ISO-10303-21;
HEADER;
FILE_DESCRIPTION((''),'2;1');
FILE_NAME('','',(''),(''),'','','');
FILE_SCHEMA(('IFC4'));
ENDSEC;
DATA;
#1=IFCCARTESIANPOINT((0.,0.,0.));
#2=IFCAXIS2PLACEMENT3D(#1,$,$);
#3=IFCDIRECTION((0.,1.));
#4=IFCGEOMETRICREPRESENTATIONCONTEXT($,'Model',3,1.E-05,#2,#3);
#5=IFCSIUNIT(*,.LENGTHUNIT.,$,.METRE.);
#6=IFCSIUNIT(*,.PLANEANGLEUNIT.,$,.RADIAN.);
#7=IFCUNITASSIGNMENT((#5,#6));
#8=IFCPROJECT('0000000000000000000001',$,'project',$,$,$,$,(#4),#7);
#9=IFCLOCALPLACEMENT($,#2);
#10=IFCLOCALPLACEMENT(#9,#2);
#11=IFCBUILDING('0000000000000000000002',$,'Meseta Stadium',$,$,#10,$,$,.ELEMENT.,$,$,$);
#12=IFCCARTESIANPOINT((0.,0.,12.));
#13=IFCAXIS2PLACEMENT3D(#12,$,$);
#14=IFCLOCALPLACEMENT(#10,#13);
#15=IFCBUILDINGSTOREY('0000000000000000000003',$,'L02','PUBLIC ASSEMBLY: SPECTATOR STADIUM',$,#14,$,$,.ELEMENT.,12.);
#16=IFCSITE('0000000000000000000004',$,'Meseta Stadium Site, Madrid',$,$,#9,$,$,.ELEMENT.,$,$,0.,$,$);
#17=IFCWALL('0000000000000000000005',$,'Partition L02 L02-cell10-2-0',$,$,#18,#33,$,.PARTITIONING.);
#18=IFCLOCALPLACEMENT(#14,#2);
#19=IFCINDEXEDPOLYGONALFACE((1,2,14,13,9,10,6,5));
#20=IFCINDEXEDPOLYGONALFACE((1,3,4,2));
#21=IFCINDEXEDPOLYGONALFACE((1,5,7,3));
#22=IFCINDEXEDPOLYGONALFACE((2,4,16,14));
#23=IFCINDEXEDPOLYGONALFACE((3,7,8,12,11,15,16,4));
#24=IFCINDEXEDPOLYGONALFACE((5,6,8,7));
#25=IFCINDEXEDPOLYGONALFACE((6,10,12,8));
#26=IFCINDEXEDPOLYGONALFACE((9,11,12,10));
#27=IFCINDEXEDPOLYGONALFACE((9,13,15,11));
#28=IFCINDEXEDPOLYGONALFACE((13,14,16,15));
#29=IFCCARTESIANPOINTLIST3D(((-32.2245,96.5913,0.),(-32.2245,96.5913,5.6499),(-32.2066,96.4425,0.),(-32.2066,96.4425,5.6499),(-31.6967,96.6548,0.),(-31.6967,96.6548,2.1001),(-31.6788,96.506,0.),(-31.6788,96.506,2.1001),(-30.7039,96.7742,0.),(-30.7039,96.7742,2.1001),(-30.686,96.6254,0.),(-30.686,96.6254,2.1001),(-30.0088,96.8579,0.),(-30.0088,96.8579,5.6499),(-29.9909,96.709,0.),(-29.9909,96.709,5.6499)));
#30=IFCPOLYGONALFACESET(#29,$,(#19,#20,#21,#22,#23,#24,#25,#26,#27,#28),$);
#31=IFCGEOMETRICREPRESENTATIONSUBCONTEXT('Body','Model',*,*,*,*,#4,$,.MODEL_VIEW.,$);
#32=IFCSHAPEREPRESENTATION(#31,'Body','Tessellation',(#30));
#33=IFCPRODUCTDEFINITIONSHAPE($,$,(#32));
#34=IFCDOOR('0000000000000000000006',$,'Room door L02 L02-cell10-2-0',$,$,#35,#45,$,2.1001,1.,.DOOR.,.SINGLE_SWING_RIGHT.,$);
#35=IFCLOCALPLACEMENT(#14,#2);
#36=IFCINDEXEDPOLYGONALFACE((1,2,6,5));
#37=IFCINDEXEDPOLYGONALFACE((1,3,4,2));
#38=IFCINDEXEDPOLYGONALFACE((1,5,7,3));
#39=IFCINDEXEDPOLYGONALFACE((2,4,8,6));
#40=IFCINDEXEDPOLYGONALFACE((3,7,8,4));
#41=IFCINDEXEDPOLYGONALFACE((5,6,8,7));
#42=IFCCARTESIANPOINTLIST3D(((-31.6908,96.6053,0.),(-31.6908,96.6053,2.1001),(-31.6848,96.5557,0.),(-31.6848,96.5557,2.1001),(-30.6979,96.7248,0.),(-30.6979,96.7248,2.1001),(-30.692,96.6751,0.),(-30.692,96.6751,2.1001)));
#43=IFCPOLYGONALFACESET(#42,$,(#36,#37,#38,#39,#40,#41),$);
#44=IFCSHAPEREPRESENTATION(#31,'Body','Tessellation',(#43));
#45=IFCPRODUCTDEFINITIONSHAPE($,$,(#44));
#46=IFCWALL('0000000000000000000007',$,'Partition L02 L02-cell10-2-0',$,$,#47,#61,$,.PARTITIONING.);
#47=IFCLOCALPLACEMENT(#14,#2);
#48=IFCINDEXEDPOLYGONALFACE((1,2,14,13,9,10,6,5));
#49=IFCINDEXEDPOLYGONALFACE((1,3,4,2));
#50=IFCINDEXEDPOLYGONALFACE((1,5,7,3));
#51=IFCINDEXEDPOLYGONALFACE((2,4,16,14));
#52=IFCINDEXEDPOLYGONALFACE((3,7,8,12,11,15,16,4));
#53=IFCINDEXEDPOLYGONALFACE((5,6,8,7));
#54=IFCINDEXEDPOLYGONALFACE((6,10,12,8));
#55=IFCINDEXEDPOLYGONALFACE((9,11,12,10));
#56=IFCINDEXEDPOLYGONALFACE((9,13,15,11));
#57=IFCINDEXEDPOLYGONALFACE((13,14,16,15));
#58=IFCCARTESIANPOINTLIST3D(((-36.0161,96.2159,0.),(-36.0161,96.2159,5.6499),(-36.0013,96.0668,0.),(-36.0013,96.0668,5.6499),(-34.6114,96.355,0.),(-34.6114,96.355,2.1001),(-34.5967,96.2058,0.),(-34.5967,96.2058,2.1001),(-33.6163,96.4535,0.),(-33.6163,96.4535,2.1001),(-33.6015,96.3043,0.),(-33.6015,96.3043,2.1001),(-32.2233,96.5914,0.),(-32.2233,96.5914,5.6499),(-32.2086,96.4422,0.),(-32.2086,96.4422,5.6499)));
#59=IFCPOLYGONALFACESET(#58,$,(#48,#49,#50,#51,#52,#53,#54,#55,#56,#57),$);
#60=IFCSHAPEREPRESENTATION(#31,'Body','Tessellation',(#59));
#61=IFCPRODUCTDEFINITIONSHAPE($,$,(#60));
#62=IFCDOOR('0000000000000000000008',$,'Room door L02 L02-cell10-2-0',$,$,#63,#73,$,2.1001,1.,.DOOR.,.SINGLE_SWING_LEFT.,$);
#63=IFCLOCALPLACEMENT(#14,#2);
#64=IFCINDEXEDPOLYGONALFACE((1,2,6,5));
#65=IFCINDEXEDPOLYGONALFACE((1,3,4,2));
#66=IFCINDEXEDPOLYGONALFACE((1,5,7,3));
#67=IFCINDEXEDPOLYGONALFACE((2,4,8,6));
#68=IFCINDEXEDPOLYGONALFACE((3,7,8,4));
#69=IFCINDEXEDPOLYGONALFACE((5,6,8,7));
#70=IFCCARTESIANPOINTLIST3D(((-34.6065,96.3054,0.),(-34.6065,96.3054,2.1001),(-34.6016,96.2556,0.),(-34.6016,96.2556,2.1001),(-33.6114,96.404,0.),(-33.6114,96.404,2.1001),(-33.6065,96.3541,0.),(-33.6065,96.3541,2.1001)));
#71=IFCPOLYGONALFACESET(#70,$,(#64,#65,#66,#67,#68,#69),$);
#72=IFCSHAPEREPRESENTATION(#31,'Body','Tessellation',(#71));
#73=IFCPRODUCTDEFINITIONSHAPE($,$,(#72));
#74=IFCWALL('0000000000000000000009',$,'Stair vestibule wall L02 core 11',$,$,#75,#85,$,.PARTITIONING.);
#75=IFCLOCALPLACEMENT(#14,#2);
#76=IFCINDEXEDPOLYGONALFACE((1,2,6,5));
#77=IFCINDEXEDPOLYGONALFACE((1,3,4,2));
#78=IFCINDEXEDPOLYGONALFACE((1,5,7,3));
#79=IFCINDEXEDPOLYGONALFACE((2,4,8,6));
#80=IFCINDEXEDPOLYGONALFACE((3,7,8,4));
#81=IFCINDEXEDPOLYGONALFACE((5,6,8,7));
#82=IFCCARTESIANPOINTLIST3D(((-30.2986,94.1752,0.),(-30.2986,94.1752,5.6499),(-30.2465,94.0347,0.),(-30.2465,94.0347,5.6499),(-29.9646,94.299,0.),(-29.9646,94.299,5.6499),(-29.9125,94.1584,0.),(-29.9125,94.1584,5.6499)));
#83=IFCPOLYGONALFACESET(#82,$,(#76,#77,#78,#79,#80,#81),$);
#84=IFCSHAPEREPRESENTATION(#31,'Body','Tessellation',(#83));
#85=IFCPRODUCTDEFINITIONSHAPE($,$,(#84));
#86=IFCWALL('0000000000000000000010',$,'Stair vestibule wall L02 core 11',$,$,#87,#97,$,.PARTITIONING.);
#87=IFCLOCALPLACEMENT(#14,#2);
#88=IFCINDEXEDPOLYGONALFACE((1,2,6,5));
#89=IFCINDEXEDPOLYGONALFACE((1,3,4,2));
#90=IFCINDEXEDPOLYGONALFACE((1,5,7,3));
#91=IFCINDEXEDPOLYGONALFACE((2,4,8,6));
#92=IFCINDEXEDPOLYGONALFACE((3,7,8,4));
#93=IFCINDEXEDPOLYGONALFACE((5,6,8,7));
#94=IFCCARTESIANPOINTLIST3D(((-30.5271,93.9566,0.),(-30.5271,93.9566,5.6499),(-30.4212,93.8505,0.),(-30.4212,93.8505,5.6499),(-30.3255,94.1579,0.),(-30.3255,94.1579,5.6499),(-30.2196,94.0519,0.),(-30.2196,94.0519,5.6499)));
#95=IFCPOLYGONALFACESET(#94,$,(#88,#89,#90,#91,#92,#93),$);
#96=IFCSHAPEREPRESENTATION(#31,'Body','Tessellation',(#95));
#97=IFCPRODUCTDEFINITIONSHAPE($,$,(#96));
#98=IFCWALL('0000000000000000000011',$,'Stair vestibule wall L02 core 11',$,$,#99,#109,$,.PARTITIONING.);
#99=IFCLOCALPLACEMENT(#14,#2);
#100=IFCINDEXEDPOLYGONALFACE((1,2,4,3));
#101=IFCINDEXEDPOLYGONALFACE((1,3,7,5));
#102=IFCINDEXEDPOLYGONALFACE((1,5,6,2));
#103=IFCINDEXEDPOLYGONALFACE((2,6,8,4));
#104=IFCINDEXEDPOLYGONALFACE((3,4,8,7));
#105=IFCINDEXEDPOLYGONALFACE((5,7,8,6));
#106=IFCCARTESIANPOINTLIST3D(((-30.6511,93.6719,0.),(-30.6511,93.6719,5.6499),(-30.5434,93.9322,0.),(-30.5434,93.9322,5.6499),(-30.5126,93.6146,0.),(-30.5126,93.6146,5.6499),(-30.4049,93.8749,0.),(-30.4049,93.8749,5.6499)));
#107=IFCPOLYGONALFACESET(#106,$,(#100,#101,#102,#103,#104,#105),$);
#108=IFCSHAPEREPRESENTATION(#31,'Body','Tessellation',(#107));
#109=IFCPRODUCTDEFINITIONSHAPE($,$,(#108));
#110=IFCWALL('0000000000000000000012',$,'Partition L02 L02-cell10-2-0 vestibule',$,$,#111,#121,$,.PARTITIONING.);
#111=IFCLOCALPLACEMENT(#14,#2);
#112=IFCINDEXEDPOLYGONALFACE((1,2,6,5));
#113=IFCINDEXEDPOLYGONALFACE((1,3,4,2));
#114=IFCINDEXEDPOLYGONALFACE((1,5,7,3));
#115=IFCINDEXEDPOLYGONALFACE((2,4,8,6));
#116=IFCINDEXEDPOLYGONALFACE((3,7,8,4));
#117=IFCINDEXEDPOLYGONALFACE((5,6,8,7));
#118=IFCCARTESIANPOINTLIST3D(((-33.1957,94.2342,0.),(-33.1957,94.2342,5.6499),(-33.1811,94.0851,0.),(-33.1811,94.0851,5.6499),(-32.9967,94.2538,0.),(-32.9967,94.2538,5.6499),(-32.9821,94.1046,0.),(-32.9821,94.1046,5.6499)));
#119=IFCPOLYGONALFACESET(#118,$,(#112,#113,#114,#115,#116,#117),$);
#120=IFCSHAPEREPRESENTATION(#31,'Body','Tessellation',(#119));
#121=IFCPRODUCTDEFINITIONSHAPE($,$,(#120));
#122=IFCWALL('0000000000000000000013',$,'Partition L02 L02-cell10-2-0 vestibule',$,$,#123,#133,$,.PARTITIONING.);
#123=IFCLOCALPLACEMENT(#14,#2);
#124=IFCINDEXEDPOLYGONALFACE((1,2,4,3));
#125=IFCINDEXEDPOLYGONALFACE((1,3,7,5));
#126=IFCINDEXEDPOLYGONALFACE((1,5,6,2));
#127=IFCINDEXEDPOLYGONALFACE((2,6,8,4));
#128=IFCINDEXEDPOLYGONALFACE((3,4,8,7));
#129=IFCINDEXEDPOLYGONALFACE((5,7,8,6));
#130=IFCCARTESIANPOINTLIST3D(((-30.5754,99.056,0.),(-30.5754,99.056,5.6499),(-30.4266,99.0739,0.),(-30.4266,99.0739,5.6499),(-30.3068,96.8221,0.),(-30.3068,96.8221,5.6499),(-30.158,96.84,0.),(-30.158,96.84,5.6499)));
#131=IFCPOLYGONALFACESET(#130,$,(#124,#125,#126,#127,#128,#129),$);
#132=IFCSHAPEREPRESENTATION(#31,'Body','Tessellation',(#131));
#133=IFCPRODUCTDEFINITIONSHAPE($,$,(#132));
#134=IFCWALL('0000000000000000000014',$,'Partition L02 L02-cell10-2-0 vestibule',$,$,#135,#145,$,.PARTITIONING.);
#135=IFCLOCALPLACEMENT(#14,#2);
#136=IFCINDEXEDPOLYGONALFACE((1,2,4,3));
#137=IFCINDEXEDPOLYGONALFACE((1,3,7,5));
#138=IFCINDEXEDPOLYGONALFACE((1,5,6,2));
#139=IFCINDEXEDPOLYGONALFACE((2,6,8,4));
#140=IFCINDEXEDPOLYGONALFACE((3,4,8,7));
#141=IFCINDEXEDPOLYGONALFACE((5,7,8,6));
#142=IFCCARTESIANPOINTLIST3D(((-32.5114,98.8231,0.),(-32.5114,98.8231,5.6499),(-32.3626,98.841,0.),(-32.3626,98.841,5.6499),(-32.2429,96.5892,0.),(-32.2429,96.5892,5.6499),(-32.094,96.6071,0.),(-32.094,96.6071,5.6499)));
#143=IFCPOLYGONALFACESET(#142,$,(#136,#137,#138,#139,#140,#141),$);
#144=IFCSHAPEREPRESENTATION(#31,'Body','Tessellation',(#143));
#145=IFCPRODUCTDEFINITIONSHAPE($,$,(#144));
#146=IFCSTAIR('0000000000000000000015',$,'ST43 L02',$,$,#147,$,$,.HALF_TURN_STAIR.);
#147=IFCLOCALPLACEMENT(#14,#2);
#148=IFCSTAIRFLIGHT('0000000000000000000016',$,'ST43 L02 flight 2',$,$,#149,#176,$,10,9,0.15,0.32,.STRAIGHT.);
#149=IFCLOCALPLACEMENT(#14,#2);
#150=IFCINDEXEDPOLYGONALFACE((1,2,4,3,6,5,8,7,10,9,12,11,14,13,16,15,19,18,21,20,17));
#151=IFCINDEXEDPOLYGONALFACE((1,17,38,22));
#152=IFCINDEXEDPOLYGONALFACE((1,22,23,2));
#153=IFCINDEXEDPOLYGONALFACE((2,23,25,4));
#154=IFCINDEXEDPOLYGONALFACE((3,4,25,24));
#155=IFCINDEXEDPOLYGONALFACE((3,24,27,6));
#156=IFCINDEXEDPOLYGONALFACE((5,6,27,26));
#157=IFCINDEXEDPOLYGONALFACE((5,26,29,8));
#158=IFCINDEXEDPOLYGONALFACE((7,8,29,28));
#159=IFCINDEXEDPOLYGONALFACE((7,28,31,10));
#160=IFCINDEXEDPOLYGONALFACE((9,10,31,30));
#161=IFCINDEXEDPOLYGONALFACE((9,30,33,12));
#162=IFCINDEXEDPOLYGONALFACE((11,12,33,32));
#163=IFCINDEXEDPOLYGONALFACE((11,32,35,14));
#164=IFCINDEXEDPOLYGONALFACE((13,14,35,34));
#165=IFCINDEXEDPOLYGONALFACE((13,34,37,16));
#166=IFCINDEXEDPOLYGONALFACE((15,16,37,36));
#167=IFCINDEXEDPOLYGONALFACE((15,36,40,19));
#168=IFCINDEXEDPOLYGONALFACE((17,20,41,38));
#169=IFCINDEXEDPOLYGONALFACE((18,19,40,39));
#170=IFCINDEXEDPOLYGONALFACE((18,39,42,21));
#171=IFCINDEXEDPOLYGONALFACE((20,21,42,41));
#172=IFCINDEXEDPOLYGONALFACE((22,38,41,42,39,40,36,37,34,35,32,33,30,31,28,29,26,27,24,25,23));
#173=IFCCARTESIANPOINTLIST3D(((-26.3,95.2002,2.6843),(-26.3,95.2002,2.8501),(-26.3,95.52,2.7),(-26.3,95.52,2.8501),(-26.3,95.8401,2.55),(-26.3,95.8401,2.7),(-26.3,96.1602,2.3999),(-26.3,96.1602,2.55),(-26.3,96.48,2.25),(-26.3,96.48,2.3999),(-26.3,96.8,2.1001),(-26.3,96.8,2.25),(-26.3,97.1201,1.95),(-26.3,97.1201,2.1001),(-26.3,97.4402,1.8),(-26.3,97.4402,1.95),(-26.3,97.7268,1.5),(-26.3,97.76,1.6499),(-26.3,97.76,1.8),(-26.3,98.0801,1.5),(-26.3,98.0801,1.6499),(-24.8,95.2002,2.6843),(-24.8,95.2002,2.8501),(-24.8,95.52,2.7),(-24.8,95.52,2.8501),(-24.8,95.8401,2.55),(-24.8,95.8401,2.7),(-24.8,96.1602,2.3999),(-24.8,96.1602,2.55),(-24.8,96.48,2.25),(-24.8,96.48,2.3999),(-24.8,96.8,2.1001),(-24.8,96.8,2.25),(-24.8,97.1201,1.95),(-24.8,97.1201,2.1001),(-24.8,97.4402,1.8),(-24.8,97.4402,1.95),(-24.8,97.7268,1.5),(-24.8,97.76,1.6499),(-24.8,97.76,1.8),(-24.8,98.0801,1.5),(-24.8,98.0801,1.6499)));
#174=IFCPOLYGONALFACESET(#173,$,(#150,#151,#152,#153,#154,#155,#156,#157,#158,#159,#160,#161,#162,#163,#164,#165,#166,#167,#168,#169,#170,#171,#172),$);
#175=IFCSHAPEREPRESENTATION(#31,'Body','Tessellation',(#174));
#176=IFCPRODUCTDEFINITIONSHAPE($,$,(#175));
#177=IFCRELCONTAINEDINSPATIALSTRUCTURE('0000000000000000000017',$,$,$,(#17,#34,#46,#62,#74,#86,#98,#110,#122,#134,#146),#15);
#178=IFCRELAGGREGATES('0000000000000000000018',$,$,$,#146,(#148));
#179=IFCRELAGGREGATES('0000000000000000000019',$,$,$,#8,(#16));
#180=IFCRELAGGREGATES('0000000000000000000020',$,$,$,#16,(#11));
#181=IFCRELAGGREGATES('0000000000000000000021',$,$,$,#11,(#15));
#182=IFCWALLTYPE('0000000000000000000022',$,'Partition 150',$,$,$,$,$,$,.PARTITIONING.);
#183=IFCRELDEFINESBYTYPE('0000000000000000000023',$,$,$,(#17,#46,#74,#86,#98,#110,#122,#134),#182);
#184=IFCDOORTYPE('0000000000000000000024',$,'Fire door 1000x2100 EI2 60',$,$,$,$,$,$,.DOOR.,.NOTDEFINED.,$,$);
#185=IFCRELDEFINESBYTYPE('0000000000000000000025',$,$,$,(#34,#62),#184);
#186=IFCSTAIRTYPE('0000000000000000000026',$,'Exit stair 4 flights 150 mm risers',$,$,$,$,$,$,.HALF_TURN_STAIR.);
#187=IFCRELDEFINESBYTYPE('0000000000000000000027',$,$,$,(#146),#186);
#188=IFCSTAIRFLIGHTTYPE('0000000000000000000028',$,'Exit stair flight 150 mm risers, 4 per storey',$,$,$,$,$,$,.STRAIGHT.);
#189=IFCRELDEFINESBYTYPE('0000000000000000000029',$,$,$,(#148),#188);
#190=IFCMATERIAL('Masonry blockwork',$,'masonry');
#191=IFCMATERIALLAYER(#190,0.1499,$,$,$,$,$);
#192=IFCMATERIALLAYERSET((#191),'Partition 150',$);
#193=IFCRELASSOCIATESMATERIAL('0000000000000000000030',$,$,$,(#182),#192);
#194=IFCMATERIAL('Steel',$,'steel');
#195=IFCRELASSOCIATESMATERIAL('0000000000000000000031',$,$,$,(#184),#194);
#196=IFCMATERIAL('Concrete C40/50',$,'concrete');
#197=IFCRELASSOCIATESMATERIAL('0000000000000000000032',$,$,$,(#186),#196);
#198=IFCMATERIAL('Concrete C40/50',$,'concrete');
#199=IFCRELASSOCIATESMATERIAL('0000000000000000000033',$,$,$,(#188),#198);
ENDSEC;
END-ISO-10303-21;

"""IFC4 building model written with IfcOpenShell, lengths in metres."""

from ifc_helpers import new_model, si_unit, direction, frame, frame_2d, origin, place, context, subcontext, project, spatial, polyline, rectangle, outline, extrude, material, layer, layer_set, type_object, element, fill, aggregate, save


model = new_model("IFC4")

# Units and contexts
model_context = context("Model", 3, precision=1e-05, world=origin(), true_north=direction((0.0, 1.0)))
body_context = subcontext(model_context, "Body", "Model", "MODEL_VIEW")
ifc_project = project(units=[si_unit("LENGTHUNIT", "METRE"), si_unit("PLANEANGLEUNIT", "RADIAN")], contexts=[model_context])

# Site, building, storey
site_placement = place(None, origin())
site = spatial("IfcSite", under=ifc_project, at=site_placement, Name="Meseta Stadium Site, Madrid", CompositionType="ELEMENT", RefElevation=0.0)
building_placement = place(site_placement, origin())
building = spatial("IfcBuilding", under=site, at=building_placement, Name="Meseta Stadium", CompositionType="ELEMENT")
storey_placement = place(building_placement, frame((0.0, 0.0, 12.0)))
storey = spatial("IfcBuildingStorey", under=building, at=storey_placement, Name="L02", Description="PUBLIC ASSEMBLY: SPECTATOR STADIUM", CompositionType="ELEMENT", Elevation=12.0)

# Walls, openings, doors
ifc_material_1 = material(Name="Masonry blockwork", Category="masonry")
ifc_layer = layer(ifc_material_1, 0.1499)
ifc_layer_set = layer_set([ifc_layer], Name="Partition 150")
wall_type = type_object("IfcWallType", Name="Partition 150", PredefinedType="PARTITIONING", material=ifc_layer_set)
wall_1_placement = place(storey_placement, frame((-30.0, 96.7834, 0.0), z_axis=(0.0, 0.0, 1.0), x_axis=(-0.99284, -0.119456, 0.0)))
wall_1 = element("IfcWall", 1, at=wall_1_placement, inside=storey, type_object=wall_type, Name="Partition L02 L02-cell10-2-0", PredefinedType="PARTITIONING", context=body_context, shape_type="SweptSolid", body=[
    extrude(rectangle(XDim=2.2317, YDim=0.1499, at=frame_2d((1.1157, 0.0))), origin(), (0.0, 0.0, 1.0), 5.6499),
])
opening_1_placement = place(wall_1_placement, frame((0.7, 0.0, 0.0)))
opening_1 = element("IfcOpeningElement", 2, at=opening_1_placement, cuts=wall_1, PredefinedType="OPENING", context=body_context, shape_type="SweptSolid", body=[
    extrude(rectangle(XDim=1.0, YDim=2.1001, at=frame_2d((0.5, 1.05))), frame((0.0, 0.085, 0.0), z_axis=(0.0, -1.0, 0.0), x_axis=(1.0, 0.0, 0.0)), (0.0, 0.0, 1.0), 0.1699),
])
ifc_material_2 = material(Name="Steel", Category="steel")
door_type = type_object("IfcDoorType", Name="Fire door 1000x2100 EI2 60", OperationType="NOTDEFINED", PredefinedType="DOOR", material=ifc_material_2)
door_1_placement = place(opening_1_placement, origin())
door_1 = element("IfcDoor", 3, at=door_1_placement, inside=storey, type_object=door_type, Name="Room door L02 L02-cell10-2-0", OperationType="SINGLE_SWING_RIGHT", OverallHeight=2.1001, OverallWidth=1.0, PredefinedType="DOOR", context=body_context, shape_type="SweptSolid", body=[
    extrude(rectangle(XDim=1.0, YDim=2.1001, at=frame_2d((0.5, 1.05))), frame((0.0, 0.0249, 0.0), z_axis=(0.0, -1.0, 0.0), x_axis=(1.0, 0.0, 0.0)), (0.0, 0.0, 1.0), 0.05),
])
fill(opening_1, door_1)
wall_2_placement = place(storey_placement, frame((-32.2158, 96.5168, 0.0), z_axis=(0.0, 0.0, 1.0), x_axis=(-0.995135, -0.098521, 0.0)))
wall_2 = element("IfcWall", 4, at=wall_2_placement, inside=storey, type_object=wall_type, Name="Partition L02 L02-cell10-2-0", PredefinedType="PARTITIONING", context=body_context, shape_type="SweptSolid", body=[
    extrude(rectangle(XDim=3.8113, YDim=0.1499, at=frame_2d((1.9058, 0.0))), origin(), (0.0, 0.0, 1.0), 5.6499),
])
opening_2_placement = place(wall_2_placement, frame((1.3999, 0.0, 0.0)))
opening_2 = element("IfcOpeningElement", 5, at=opening_2_placement, cuts=wall_2, PredefinedType="OPENING", context=body_context, shape_type="SweptSolid", body=[
    extrude(rectangle(XDim=1.0, YDim=2.1001, at=frame_2d((0.5, 1.05))), frame((0.0, 0.085, 0.0), z_axis=(0.0, -1.0, 0.0), x_axis=(1.0, 0.0, 0.0)), (0.0, 0.0, 1.0), 0.1699),
])
door_2_placement = place(opening_2_placement, origin())
door_2 = element("IfcDoor", 6, at=door_2_placement, inside=storey, type_object=door_type, Name="Room door L02 L02-cell10-2-0", OperationType="SINGLE_SWING_LEFT", OverallHeight=2.1001, OverallWidth=1.0, PredefinedType="DOOR", context=body_context, shape_type="SweptSolid", body=[
    extrude(rectangle(XDim=1.0, YDim=2.1001, at=frame_2d((0.5, 1.05))), frame((0.0, 0.0249, 0.0), z_axis=(0.0, -1.0, 0.0), x_axis=(1.0, 0.0, 0.0)), (0.0, 0.0, 1.0), 0.05),
])
fill(opening_2, door_2)

# Walls
wall_3_placement = place(storey_placement, frame((-29.9385, 94.2288, 0.0), z_axis=(0.0, 0.0, 1.0), x_axis=(-0.937674, -0.347515, 0.0)))
element("IfcWall", 7, at=wall_3_placement, inside=storey, type_object=wall_type, Name="Stair vestibule wall L02 core 11", PredefinedType="PARTITIONING", context=body_context, shape_type="SweptSolid", body=[
    extrude(rectangle(XDim=0.3562, YDim=0.1499, at=frame_2d((0.1782, 0.0))), origin(), (0.0, 0.0, 1.0), 5.6499),
])
wall_4_placement = place(storey_placement, frame((-30.2725, 94.105, 0.0), z_axis=(0.0, 0.0, 1.0), x_axis=(-0.707535, -0.706678, 0.0)))
element("IfcWall", 8, at=wall_4_placement, inside=storey, type_object=wall_type, Name="Stair vestibule wall L02 core 11", PredefinedType="PARTITIONING", context=body_context, shape_type="SweptSolid", body=[
    extrude(rectangle(XDim=0.2849, YDim=0.1499, at=frame_2d((0.1426, 0.0))), origin(), (0.0, 0.0, 1.0), 5.6499),
])
wall_5_placement = place(storey_placement, frame((-30.4741, 93.9036, 0.0), z_axis=(0.0, 0.0, 1.0), x_axis=(-0.382275, -0.924049, 0.0)))
element("IfcWall", 9, at=wall_5_placement, inside=storey, type_object=wall_type, Name="Stair vestibule wall L02 core 11", PredefinedType="PARTITIONING", context=body_context, shape_type="SweptSolid", body=[
    extrude(rectangle(XDim=0.2817, YDim=0.1499, at=frame_2d((0.1409, 0.0))), origin(), (0.0, 0.0, 1.0), 5.6499),
])
wall_6_placement = place(storey_placement, frame((-32.9893, 94.1792, 0.0), z_axis=(0.0, 0.0, 1.0), x_axis=(-0.995217, -0.09769, 0.0)))
element("IfcWall", 10, at=wall_6_placement, inside=storey, type_object=wall_type, Name="Partition L02 L02-cell10-2-0 vestibule", PredefinedType="PARTITIONING", context=body_context, shape_type="SweptSolid", body=[
    extrude(rectangle(XDim=0.2, YDim=0.1499, at=frame_2d((0.1001, 0.0))), origin(), (0.0, 0.0, 1.0), 5.6499),
])
for number, where, z_axis, x_axis, name in (
    (11, (-30.2324, 96.8311, 0.0), (0.0, 0.0, 1.0), (-0.119359, 0.992851, 0.0), "Partition L02 L02-cell10-2-0 vestibule"),
    (12, (-32.1685, 96.5981, 0.0), (0.0, 0.0, 1.0), (-0.119359, 0.992851, 0.0), "Partition L02 L02-cell10-2-0 vestibule"),
):
    element("IfcWall", number, at=place(storey_placement, frame(where, z_axis=z_axis, x_axis=x_axis)), inside=storey, type_object=wall_type, Name=name, PredefinedType="PARTITIONING", context=body_context, shape_type="SweptSolid", body=[
        extrude(rectangle(XDim=2.25, YDim=0.1499, at=frame_2d((1.125, 0.0))), origin(), (0.0, 0.0, 1.0), 5.6499),
    ])

# Stair, stair flight
ifc_material_3 = material(Name="Concrete C40/50", Category="concrete")
stair_type = type_object("IfcStairType", Name="Exit stair 4 flights 150 mm risers", PredefinedType="HALF_TURN_STAIR", material=ifc_material_3)
stair_1_placement = place(storey_placement, origin())
stair_1 = element("IfcStair", 13, at=stair_1_placement, inside=storey, type_object=stair_type, Name="ST43 L02", PredefinedType="HALF_TURN_STAIR")
ifc_material_4 = material(Name="Concrete C40/50", Category="concrete")
stair_flight_type = type_object("IfcStairFlightType", Name="Exit stair flight 150 mm risers, 4 per storey", PredefinedType="STRAIGHT", material=ifc_material_4)
stair_flight_1_placement = place(storey_placement, frame((-25.55, 98.0801, 1.5), z_axis=(0.0, 0.0, 1.0), x_axis=(0.0, -1.0, 0.0)))
stair_flight_1 = element("IfcStairFlight", 14, at=stair_flight_1_placement, type_object=stair_flight_type, Name="ST43 L02 flight 2", NumberOfRisers=10, NumberOfTreads=9, PredefinedType="STRAIGHT", RiserHeight=0.15, TreadLength=0.32, context=body_context, shape_type="SweptSolid", body=[
    extrude(outline(polyline([(0.0, 0.0), (0.0, 0.1499), (0.3201, 0.1499), (0.3201, 0.3), (0.6399, 0.3), (0.6399, 0.45), (0.96, 0.45), (0.96, 0.6001), (1.28, 0.6001), (1.28, 0.75), (1.6001, 0.75), (1.6001, 0.8999), (1.9199, 0.8999), (1.9199, 1.05), (2.24, 1.05), (2.24, 1.2), (2.5601, 1.2), (2.5601, 1.3501), (2.8799, 1.3501), (2.8799, 1.1843), (0.3533, 0.0), (0.0, 0.0)])), frame((0.0, 0.75, 0.0), z_axis=(0.0, -1.0, 0.0), x_axis=(1.0, 0.0, 0.0)), (0.0, 0.0, 1.0), 1.5),
])
aggregate(stair_1, [stair_flight_1])

save(model, "model.ifc")
